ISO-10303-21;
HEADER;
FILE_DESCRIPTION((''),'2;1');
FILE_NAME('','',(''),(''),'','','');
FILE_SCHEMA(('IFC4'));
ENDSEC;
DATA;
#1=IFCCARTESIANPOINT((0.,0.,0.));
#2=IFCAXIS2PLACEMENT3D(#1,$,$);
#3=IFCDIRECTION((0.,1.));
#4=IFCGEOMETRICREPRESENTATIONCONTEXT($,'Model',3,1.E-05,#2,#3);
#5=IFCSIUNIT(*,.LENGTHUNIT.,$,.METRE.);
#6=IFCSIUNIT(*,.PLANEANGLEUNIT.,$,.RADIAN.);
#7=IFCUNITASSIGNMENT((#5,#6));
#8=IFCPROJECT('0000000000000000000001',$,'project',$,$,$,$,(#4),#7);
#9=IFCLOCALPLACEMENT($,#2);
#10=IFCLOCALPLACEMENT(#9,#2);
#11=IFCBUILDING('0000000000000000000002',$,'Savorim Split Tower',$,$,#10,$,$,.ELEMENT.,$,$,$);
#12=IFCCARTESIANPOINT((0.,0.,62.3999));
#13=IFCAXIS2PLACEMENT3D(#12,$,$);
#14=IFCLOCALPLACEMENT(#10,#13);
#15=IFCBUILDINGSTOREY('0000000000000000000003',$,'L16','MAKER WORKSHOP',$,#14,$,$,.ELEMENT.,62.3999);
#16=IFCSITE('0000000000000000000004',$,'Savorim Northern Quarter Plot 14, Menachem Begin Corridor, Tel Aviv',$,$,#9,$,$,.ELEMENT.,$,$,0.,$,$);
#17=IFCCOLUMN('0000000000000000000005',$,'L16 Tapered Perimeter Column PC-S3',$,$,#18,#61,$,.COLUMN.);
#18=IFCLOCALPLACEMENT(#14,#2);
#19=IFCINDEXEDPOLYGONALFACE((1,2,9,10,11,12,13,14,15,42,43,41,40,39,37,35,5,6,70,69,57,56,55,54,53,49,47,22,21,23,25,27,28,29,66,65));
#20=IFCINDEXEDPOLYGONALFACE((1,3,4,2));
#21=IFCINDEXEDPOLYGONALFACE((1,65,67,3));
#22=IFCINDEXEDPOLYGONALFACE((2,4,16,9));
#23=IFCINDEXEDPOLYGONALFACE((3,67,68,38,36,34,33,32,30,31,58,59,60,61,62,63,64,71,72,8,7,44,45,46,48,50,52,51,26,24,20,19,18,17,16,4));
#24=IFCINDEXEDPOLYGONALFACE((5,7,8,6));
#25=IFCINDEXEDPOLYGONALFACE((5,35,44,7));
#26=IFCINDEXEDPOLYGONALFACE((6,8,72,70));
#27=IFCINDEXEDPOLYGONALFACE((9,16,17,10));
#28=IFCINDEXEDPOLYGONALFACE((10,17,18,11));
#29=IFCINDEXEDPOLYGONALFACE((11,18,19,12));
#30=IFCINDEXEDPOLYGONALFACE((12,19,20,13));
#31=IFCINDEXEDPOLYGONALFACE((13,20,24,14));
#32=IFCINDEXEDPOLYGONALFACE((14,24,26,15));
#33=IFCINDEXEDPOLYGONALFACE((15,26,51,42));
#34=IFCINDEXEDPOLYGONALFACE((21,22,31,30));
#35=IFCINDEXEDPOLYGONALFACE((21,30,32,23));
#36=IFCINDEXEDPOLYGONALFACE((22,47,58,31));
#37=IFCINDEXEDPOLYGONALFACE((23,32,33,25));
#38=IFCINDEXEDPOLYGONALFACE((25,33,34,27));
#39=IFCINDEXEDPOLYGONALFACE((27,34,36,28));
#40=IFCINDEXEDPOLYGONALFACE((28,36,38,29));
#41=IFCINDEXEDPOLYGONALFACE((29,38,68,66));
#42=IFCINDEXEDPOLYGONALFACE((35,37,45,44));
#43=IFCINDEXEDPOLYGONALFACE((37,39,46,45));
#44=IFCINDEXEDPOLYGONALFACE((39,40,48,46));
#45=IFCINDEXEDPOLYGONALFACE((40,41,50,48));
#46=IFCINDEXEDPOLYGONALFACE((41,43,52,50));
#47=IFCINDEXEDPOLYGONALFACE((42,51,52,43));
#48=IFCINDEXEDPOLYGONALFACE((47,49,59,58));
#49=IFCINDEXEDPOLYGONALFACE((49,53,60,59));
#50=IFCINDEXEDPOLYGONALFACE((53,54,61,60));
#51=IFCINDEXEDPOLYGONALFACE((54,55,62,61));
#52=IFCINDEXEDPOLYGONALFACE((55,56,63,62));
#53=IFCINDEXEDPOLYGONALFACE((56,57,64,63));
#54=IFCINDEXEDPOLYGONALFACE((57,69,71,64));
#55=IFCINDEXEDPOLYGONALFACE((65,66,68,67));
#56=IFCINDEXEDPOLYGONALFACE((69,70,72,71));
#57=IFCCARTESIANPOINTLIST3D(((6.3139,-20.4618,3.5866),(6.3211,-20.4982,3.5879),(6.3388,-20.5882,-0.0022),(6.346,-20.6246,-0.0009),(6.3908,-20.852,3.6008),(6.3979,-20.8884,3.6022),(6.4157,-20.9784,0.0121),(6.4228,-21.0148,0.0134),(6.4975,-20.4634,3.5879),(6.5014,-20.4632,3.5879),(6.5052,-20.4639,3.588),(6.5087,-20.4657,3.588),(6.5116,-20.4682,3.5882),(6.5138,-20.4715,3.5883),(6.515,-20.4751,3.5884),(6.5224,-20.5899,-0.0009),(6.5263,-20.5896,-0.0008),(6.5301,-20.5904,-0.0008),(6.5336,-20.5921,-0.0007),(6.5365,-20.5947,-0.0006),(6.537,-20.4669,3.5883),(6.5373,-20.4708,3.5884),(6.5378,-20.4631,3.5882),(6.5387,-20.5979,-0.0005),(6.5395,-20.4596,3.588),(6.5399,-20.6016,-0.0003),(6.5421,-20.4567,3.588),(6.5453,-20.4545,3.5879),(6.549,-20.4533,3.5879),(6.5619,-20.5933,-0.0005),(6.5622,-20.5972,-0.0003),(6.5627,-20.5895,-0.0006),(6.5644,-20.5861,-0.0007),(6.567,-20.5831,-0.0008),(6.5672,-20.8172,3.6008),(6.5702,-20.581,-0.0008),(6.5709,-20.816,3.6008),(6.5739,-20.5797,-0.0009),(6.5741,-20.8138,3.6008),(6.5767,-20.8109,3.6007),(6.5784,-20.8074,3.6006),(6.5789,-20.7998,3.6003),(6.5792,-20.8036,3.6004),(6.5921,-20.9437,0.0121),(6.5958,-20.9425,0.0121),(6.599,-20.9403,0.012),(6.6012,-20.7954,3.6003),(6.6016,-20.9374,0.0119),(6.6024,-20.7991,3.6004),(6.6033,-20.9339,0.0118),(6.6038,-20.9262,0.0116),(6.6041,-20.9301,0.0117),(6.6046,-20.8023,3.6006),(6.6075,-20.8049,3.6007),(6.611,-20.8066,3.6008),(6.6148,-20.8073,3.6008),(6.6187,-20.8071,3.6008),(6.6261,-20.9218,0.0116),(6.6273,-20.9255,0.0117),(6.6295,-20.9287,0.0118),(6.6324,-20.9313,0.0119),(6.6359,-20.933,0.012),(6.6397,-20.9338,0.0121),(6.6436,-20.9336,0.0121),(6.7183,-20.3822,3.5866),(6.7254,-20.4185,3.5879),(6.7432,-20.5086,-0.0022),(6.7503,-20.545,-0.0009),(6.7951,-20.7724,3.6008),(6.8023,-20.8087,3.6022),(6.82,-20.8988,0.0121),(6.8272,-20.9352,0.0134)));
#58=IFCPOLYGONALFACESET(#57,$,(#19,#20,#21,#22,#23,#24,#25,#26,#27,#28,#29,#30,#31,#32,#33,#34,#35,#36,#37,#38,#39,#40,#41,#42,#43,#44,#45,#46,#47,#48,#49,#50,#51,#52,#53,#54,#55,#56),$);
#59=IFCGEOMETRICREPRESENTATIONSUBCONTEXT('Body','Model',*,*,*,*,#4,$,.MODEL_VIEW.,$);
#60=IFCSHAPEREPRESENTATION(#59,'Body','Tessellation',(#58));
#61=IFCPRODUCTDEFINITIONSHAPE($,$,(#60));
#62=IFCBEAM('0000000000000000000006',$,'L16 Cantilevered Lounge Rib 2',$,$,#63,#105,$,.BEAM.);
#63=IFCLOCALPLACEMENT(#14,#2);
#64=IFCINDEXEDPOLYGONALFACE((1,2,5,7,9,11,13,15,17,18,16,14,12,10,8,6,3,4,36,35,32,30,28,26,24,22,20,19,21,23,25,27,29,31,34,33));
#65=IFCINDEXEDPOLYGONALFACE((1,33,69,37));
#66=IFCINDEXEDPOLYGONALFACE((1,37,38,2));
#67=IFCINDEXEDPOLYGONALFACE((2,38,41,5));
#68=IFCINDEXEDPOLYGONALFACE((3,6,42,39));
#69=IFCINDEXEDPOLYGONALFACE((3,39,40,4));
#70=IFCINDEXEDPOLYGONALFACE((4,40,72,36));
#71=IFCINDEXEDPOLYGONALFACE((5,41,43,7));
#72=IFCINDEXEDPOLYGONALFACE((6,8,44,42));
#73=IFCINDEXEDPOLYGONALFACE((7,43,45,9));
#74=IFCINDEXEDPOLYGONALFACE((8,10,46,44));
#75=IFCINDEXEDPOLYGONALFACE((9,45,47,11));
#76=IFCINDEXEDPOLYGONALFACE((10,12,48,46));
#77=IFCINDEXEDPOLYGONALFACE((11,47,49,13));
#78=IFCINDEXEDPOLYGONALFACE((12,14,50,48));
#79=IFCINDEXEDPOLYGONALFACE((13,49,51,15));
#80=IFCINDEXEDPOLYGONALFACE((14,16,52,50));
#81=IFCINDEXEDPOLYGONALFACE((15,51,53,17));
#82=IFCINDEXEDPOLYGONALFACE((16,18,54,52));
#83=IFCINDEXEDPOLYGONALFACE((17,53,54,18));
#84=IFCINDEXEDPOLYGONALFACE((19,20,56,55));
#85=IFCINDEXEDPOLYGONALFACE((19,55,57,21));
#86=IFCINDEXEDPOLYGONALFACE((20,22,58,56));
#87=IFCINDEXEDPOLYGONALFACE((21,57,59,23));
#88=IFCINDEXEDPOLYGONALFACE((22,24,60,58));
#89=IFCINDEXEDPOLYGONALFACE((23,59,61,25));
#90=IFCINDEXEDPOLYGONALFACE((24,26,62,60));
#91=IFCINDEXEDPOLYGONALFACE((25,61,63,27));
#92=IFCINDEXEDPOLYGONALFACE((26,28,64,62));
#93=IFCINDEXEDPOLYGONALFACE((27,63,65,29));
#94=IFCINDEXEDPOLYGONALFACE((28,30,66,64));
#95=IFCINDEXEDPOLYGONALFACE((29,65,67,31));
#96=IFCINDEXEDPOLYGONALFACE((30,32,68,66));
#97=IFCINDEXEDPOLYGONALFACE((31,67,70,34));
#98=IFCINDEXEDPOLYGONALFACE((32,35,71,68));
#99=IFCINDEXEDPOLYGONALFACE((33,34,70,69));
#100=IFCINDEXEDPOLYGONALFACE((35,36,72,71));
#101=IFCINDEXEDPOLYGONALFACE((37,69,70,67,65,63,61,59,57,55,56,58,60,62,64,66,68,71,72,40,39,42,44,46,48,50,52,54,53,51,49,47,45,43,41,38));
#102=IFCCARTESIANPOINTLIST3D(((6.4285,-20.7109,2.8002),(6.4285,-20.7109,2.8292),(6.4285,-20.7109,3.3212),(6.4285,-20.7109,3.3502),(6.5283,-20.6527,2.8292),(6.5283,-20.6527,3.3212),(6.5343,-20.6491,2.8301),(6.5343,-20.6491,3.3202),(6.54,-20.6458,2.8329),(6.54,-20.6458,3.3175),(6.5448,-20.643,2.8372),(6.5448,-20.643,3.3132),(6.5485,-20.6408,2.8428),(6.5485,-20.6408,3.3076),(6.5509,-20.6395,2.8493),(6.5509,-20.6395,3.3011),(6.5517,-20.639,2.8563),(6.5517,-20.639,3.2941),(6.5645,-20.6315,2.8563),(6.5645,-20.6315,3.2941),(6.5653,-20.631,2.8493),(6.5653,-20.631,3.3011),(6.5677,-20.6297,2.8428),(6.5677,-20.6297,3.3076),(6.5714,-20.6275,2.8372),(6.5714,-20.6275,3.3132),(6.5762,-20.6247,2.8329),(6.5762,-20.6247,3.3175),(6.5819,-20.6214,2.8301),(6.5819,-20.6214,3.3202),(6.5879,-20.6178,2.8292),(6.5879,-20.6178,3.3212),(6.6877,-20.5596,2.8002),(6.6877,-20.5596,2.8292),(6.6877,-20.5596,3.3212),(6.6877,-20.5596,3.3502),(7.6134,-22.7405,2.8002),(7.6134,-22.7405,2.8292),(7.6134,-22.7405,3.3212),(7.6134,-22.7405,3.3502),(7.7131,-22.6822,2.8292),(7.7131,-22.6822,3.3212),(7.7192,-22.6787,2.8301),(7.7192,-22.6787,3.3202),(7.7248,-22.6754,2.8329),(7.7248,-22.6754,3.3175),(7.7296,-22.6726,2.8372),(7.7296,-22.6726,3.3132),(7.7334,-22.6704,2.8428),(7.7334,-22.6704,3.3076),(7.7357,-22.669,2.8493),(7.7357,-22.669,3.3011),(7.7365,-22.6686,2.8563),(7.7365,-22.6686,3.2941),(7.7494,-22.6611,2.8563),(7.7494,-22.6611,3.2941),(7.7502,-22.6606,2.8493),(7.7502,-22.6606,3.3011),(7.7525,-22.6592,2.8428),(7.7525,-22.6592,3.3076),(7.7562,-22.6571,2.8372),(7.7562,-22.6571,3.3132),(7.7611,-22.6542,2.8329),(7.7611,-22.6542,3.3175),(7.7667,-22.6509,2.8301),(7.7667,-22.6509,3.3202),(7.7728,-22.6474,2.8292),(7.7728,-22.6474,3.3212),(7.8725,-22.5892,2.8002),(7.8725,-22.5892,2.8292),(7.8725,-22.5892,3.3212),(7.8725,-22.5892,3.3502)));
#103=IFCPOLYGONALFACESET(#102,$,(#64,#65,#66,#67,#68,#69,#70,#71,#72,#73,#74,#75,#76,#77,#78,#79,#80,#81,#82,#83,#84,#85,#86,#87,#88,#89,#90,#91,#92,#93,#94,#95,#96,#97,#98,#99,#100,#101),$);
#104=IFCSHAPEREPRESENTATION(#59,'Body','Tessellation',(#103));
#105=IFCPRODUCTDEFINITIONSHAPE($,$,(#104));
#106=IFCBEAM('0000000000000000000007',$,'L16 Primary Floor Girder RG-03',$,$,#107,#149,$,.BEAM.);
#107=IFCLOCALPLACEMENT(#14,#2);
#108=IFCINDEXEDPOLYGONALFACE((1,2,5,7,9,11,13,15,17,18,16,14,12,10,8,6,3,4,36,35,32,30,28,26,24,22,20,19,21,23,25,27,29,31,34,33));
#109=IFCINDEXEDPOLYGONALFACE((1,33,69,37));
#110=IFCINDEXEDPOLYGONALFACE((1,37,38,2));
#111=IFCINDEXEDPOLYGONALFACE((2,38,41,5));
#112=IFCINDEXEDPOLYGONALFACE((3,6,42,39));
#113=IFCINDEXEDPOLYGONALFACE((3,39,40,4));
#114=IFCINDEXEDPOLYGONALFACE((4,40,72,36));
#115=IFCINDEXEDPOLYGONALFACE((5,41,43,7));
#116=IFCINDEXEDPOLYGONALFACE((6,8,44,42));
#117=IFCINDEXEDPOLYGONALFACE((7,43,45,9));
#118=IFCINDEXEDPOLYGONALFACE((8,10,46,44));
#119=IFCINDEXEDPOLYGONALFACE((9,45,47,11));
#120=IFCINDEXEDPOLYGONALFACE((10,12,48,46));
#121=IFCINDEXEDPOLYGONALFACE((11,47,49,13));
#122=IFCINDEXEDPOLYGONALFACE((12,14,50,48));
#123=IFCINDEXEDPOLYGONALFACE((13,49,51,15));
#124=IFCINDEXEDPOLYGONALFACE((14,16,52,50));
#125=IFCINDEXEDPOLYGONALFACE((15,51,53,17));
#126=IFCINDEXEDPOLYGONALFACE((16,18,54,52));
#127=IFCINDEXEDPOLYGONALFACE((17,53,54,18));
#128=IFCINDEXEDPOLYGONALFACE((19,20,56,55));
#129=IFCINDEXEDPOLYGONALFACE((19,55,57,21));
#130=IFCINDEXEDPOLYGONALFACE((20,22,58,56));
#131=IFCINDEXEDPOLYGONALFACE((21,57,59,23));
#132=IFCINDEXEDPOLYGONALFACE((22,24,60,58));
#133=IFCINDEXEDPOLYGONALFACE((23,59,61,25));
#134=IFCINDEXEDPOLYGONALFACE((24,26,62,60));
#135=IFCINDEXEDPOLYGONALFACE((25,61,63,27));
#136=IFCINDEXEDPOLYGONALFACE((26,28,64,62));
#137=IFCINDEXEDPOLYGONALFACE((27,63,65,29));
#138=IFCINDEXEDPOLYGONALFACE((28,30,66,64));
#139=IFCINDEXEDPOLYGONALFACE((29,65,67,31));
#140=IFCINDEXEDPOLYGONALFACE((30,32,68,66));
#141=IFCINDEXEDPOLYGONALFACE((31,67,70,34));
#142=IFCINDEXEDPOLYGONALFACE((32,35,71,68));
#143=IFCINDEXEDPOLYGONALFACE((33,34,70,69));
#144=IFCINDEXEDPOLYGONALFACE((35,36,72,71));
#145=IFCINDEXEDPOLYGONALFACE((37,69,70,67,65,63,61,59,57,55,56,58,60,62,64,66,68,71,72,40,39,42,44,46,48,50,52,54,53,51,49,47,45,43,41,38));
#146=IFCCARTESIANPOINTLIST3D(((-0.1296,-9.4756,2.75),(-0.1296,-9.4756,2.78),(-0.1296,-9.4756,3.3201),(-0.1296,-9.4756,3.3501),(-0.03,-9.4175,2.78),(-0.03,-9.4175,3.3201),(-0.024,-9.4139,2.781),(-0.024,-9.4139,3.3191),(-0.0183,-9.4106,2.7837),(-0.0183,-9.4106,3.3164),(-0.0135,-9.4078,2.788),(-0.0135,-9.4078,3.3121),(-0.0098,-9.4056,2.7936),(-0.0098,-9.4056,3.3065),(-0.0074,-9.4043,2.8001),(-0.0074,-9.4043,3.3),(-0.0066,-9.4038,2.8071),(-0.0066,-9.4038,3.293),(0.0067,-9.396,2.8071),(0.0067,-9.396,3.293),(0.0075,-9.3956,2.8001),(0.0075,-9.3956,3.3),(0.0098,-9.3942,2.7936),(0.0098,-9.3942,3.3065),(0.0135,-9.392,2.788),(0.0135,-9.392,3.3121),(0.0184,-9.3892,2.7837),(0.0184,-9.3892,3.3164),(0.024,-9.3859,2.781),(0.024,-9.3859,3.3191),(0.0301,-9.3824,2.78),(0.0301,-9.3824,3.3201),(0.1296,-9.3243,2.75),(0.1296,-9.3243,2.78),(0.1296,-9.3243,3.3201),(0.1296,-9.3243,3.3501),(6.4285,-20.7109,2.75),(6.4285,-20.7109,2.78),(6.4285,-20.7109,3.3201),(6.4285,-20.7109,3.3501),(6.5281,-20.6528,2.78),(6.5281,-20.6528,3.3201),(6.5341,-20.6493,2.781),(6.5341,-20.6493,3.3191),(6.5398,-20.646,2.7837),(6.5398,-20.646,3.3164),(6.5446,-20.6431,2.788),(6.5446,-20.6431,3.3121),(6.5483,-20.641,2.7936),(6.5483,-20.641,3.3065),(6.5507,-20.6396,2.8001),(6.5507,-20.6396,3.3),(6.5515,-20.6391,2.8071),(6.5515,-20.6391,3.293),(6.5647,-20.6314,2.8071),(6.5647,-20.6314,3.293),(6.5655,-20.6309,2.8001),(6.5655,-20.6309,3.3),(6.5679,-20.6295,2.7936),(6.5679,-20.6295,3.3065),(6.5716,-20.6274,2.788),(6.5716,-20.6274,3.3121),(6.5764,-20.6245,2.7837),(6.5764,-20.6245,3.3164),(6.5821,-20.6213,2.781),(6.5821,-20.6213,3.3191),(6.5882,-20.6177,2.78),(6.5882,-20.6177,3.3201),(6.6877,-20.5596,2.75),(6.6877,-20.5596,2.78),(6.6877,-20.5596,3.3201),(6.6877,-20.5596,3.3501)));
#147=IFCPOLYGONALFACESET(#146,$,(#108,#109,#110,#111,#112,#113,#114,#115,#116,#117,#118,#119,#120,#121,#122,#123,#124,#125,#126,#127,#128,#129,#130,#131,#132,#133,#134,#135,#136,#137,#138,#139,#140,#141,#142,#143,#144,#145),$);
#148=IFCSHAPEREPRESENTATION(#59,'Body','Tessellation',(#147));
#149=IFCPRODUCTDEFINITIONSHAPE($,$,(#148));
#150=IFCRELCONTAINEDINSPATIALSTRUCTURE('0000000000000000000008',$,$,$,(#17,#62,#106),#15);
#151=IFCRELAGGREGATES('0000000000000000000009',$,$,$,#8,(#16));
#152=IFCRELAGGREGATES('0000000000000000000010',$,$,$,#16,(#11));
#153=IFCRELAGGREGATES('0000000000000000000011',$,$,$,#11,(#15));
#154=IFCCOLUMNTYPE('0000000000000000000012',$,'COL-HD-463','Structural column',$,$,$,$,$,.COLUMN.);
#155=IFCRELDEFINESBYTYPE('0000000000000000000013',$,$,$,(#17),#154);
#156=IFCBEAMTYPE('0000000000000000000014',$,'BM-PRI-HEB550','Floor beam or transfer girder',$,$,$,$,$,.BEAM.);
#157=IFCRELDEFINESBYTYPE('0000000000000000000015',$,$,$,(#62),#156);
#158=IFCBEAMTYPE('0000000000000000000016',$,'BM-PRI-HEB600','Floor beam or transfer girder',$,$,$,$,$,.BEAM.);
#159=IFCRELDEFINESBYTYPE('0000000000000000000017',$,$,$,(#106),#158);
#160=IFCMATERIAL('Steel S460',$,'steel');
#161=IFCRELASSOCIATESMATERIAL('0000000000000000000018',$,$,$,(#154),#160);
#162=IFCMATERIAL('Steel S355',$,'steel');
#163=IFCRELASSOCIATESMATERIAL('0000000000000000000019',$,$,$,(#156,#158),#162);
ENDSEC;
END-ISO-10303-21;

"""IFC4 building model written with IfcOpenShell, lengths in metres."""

from ifc_helpers import new_model, si_unit, direction, frame, origin, origin_2d, place, context, subcontext, project, spatial, i_section, extrude, material, material_profile, profile_set, type_object, element, save


model = new_model("IFC4")

# Units and contexts
model_context = context("Model", 3, precision=1e-05, world=origin(), true_north=direction((0.0, 1.0)))
body_context = subcontext(model_context, "Body", "Model", "MODEL_VIEW")
ifc_project = project(units=[si_unit("LENGTHUNIT", "METRE"), si_unit("PLANEANGLEUNIT", "RADIAN")], contexts=[model_context])

# Site, building, storey
site_placement = place(None, origin())
site = spatial("IfcSite", under=ifc_project, at=site_placement, Name="Savorim Northern Quarter Plot 14, Menachem Begin Corridor, Tel Aviv", CompositionType="ELEMENT", RefElevation=0.0)
building_placement = place(site_placement, origin())
building = spatial("IfcBuilding", under=site, at=building_placement, Name="Savorim Split Tower", CompositionType="ELEMENT")
storey_placement = place(building_placement, frame((0.0, 0.0, 62.3999)))
storey = spatial("IfcBuildingStorey", under=building, at=storey_placement, Name="L16", Description="MAKER WORKSHOP", CompositionType="ELEMENT", Elevation=62.3999)

# Column
ifc_material_1 = material(Name="Steel S460", Category="steel")
ifc_material_profile_1 = material_profile(ifc_material_1, i_section(OverallWidth=0.4121, OverallDepth=0.4351, WebThickness=0.0227, FlangeThickness=0.0371, FilletRadius=0.0149, at=origin_2d()), Name="HD 400x463")
ifc_profile_set_1 = profile_set([ifc_material_profile_1], Name="Steel S460")
column_type = type_object("IfcColumnType", Name="COL-HD-463", Description="Structural column", PredefinedType="COLUMN", material=ifc_profile_set_1)
column_placement = place(storey_placement, frame((6.583, -20.7617, 0.0056), z_axis=(-0.006934, 0.035215, 0.999356), x_axis=(-0.981159, -0.193201, 0.0)))
element("IfcColumn", 1, at=column_placement, inside=storey, type_object=column_type, Name="L16 Tapered Perimeter Column PC-S3", PredefinedType="COLUMN", context=body_context, shape_type="SweptSolid", body=[
    extrude(i_section(OverallWidth=0.4121, OverallDepth=0.4351, WebThickness=0.0227, FlangeThickness=0.0371, FilletRadius=0.0149, at=origin_2d()), origin(), (0.0, 0.0, 1.0), 3.5911),
])

# Beams
ifc_material_2 = material(Name="Steel S355", Category="steel")
ifc_material_profile_2 = material_profile(ifc_material_2, i_section(OverallWidth=0.3, OverallDepth=0.55, WebThickness=0.0149, FlangeThickness=0.0291, FilletRadius=0.0271, at=origin_2d()), Name="HEB 550")
ifc_profile_set_2 = profile_set([ifc_material_profile_2], Name="Steel S355")
beam_type_1 = type_object("IfcBeamType", Name="BM-PRI-HEB550", Description="Floor beam or transfer girder", PredefinedType="BEAM", material=ifc_profile_set_2)
beam_1_placement = place(storey_placement, frame((6.5581, -20.6353, 3.0752), z_axis=(0.504162, -0.863609, 0.0), x_axis=(0.863609, 0.504162, 0.0)))
element("IfcBeam", 2, at=beam_1_placement, inside=storey, type_object=beam_type_1, Name="L16 Cantilevered Lounge Rib 2", PredefinedType="BEAM", context=body_context, shape_type="SweptSolid", body=[
    extrude(i_section(OverallWidth=0.3, OverallDepth=0.55, WebThickness=0.0149, FlangeThickness=0.0291, FilletRadius=0.0271, at=origin_2d()), origin(), (0.0, 0.0, 1.0), 2.3501),
])
ifc_material_profile_3 = material_profile(ifc_material_2, i_section(OverallWidth=0.3, OverallDepth=0.6001, WebThickness=0.0154, FlangeThickness=0.03, FilletRadius=0.0271, at=origin_2d()), Name="HEB 600")
ifc_profile_set_3 = profile_set([ifc_material_profile_3], Name="Steel S355")
beam_type_2 = type_object("IfcBeamType", Name="BM-PRI-HEB600", Description="Floor beam or transfer girder", PredefinedType="BEAM", material=ifc_profile_set_3)
beam_2_placement = place(storey_placement, frame((6.5581, -20.6353, 3.05), z_axis=(-0.504109, 0.86364, 0.0), x_axis=(-0.86364, -0.504109, 0.0)))
element("IfcBeam", 3, at=beam_2_placement, inside=storey, type_object=beam_type_2, Name="L16 Primary Floor Girder RG-03", PredefinedType="BEAM", context=body_context, shape_type="SweptSolid", body=[
    extrude(i_section(OverallWidth=0.3, OverallDepth=0.6001, WebThickness=0.0154, FlangeThickness=0.03, FilletRadius=0.0271, at=origin_2d()), origin(), (0.0, 0.0, 1.0), 13.0093),
])

save(model, "model.ifc")
